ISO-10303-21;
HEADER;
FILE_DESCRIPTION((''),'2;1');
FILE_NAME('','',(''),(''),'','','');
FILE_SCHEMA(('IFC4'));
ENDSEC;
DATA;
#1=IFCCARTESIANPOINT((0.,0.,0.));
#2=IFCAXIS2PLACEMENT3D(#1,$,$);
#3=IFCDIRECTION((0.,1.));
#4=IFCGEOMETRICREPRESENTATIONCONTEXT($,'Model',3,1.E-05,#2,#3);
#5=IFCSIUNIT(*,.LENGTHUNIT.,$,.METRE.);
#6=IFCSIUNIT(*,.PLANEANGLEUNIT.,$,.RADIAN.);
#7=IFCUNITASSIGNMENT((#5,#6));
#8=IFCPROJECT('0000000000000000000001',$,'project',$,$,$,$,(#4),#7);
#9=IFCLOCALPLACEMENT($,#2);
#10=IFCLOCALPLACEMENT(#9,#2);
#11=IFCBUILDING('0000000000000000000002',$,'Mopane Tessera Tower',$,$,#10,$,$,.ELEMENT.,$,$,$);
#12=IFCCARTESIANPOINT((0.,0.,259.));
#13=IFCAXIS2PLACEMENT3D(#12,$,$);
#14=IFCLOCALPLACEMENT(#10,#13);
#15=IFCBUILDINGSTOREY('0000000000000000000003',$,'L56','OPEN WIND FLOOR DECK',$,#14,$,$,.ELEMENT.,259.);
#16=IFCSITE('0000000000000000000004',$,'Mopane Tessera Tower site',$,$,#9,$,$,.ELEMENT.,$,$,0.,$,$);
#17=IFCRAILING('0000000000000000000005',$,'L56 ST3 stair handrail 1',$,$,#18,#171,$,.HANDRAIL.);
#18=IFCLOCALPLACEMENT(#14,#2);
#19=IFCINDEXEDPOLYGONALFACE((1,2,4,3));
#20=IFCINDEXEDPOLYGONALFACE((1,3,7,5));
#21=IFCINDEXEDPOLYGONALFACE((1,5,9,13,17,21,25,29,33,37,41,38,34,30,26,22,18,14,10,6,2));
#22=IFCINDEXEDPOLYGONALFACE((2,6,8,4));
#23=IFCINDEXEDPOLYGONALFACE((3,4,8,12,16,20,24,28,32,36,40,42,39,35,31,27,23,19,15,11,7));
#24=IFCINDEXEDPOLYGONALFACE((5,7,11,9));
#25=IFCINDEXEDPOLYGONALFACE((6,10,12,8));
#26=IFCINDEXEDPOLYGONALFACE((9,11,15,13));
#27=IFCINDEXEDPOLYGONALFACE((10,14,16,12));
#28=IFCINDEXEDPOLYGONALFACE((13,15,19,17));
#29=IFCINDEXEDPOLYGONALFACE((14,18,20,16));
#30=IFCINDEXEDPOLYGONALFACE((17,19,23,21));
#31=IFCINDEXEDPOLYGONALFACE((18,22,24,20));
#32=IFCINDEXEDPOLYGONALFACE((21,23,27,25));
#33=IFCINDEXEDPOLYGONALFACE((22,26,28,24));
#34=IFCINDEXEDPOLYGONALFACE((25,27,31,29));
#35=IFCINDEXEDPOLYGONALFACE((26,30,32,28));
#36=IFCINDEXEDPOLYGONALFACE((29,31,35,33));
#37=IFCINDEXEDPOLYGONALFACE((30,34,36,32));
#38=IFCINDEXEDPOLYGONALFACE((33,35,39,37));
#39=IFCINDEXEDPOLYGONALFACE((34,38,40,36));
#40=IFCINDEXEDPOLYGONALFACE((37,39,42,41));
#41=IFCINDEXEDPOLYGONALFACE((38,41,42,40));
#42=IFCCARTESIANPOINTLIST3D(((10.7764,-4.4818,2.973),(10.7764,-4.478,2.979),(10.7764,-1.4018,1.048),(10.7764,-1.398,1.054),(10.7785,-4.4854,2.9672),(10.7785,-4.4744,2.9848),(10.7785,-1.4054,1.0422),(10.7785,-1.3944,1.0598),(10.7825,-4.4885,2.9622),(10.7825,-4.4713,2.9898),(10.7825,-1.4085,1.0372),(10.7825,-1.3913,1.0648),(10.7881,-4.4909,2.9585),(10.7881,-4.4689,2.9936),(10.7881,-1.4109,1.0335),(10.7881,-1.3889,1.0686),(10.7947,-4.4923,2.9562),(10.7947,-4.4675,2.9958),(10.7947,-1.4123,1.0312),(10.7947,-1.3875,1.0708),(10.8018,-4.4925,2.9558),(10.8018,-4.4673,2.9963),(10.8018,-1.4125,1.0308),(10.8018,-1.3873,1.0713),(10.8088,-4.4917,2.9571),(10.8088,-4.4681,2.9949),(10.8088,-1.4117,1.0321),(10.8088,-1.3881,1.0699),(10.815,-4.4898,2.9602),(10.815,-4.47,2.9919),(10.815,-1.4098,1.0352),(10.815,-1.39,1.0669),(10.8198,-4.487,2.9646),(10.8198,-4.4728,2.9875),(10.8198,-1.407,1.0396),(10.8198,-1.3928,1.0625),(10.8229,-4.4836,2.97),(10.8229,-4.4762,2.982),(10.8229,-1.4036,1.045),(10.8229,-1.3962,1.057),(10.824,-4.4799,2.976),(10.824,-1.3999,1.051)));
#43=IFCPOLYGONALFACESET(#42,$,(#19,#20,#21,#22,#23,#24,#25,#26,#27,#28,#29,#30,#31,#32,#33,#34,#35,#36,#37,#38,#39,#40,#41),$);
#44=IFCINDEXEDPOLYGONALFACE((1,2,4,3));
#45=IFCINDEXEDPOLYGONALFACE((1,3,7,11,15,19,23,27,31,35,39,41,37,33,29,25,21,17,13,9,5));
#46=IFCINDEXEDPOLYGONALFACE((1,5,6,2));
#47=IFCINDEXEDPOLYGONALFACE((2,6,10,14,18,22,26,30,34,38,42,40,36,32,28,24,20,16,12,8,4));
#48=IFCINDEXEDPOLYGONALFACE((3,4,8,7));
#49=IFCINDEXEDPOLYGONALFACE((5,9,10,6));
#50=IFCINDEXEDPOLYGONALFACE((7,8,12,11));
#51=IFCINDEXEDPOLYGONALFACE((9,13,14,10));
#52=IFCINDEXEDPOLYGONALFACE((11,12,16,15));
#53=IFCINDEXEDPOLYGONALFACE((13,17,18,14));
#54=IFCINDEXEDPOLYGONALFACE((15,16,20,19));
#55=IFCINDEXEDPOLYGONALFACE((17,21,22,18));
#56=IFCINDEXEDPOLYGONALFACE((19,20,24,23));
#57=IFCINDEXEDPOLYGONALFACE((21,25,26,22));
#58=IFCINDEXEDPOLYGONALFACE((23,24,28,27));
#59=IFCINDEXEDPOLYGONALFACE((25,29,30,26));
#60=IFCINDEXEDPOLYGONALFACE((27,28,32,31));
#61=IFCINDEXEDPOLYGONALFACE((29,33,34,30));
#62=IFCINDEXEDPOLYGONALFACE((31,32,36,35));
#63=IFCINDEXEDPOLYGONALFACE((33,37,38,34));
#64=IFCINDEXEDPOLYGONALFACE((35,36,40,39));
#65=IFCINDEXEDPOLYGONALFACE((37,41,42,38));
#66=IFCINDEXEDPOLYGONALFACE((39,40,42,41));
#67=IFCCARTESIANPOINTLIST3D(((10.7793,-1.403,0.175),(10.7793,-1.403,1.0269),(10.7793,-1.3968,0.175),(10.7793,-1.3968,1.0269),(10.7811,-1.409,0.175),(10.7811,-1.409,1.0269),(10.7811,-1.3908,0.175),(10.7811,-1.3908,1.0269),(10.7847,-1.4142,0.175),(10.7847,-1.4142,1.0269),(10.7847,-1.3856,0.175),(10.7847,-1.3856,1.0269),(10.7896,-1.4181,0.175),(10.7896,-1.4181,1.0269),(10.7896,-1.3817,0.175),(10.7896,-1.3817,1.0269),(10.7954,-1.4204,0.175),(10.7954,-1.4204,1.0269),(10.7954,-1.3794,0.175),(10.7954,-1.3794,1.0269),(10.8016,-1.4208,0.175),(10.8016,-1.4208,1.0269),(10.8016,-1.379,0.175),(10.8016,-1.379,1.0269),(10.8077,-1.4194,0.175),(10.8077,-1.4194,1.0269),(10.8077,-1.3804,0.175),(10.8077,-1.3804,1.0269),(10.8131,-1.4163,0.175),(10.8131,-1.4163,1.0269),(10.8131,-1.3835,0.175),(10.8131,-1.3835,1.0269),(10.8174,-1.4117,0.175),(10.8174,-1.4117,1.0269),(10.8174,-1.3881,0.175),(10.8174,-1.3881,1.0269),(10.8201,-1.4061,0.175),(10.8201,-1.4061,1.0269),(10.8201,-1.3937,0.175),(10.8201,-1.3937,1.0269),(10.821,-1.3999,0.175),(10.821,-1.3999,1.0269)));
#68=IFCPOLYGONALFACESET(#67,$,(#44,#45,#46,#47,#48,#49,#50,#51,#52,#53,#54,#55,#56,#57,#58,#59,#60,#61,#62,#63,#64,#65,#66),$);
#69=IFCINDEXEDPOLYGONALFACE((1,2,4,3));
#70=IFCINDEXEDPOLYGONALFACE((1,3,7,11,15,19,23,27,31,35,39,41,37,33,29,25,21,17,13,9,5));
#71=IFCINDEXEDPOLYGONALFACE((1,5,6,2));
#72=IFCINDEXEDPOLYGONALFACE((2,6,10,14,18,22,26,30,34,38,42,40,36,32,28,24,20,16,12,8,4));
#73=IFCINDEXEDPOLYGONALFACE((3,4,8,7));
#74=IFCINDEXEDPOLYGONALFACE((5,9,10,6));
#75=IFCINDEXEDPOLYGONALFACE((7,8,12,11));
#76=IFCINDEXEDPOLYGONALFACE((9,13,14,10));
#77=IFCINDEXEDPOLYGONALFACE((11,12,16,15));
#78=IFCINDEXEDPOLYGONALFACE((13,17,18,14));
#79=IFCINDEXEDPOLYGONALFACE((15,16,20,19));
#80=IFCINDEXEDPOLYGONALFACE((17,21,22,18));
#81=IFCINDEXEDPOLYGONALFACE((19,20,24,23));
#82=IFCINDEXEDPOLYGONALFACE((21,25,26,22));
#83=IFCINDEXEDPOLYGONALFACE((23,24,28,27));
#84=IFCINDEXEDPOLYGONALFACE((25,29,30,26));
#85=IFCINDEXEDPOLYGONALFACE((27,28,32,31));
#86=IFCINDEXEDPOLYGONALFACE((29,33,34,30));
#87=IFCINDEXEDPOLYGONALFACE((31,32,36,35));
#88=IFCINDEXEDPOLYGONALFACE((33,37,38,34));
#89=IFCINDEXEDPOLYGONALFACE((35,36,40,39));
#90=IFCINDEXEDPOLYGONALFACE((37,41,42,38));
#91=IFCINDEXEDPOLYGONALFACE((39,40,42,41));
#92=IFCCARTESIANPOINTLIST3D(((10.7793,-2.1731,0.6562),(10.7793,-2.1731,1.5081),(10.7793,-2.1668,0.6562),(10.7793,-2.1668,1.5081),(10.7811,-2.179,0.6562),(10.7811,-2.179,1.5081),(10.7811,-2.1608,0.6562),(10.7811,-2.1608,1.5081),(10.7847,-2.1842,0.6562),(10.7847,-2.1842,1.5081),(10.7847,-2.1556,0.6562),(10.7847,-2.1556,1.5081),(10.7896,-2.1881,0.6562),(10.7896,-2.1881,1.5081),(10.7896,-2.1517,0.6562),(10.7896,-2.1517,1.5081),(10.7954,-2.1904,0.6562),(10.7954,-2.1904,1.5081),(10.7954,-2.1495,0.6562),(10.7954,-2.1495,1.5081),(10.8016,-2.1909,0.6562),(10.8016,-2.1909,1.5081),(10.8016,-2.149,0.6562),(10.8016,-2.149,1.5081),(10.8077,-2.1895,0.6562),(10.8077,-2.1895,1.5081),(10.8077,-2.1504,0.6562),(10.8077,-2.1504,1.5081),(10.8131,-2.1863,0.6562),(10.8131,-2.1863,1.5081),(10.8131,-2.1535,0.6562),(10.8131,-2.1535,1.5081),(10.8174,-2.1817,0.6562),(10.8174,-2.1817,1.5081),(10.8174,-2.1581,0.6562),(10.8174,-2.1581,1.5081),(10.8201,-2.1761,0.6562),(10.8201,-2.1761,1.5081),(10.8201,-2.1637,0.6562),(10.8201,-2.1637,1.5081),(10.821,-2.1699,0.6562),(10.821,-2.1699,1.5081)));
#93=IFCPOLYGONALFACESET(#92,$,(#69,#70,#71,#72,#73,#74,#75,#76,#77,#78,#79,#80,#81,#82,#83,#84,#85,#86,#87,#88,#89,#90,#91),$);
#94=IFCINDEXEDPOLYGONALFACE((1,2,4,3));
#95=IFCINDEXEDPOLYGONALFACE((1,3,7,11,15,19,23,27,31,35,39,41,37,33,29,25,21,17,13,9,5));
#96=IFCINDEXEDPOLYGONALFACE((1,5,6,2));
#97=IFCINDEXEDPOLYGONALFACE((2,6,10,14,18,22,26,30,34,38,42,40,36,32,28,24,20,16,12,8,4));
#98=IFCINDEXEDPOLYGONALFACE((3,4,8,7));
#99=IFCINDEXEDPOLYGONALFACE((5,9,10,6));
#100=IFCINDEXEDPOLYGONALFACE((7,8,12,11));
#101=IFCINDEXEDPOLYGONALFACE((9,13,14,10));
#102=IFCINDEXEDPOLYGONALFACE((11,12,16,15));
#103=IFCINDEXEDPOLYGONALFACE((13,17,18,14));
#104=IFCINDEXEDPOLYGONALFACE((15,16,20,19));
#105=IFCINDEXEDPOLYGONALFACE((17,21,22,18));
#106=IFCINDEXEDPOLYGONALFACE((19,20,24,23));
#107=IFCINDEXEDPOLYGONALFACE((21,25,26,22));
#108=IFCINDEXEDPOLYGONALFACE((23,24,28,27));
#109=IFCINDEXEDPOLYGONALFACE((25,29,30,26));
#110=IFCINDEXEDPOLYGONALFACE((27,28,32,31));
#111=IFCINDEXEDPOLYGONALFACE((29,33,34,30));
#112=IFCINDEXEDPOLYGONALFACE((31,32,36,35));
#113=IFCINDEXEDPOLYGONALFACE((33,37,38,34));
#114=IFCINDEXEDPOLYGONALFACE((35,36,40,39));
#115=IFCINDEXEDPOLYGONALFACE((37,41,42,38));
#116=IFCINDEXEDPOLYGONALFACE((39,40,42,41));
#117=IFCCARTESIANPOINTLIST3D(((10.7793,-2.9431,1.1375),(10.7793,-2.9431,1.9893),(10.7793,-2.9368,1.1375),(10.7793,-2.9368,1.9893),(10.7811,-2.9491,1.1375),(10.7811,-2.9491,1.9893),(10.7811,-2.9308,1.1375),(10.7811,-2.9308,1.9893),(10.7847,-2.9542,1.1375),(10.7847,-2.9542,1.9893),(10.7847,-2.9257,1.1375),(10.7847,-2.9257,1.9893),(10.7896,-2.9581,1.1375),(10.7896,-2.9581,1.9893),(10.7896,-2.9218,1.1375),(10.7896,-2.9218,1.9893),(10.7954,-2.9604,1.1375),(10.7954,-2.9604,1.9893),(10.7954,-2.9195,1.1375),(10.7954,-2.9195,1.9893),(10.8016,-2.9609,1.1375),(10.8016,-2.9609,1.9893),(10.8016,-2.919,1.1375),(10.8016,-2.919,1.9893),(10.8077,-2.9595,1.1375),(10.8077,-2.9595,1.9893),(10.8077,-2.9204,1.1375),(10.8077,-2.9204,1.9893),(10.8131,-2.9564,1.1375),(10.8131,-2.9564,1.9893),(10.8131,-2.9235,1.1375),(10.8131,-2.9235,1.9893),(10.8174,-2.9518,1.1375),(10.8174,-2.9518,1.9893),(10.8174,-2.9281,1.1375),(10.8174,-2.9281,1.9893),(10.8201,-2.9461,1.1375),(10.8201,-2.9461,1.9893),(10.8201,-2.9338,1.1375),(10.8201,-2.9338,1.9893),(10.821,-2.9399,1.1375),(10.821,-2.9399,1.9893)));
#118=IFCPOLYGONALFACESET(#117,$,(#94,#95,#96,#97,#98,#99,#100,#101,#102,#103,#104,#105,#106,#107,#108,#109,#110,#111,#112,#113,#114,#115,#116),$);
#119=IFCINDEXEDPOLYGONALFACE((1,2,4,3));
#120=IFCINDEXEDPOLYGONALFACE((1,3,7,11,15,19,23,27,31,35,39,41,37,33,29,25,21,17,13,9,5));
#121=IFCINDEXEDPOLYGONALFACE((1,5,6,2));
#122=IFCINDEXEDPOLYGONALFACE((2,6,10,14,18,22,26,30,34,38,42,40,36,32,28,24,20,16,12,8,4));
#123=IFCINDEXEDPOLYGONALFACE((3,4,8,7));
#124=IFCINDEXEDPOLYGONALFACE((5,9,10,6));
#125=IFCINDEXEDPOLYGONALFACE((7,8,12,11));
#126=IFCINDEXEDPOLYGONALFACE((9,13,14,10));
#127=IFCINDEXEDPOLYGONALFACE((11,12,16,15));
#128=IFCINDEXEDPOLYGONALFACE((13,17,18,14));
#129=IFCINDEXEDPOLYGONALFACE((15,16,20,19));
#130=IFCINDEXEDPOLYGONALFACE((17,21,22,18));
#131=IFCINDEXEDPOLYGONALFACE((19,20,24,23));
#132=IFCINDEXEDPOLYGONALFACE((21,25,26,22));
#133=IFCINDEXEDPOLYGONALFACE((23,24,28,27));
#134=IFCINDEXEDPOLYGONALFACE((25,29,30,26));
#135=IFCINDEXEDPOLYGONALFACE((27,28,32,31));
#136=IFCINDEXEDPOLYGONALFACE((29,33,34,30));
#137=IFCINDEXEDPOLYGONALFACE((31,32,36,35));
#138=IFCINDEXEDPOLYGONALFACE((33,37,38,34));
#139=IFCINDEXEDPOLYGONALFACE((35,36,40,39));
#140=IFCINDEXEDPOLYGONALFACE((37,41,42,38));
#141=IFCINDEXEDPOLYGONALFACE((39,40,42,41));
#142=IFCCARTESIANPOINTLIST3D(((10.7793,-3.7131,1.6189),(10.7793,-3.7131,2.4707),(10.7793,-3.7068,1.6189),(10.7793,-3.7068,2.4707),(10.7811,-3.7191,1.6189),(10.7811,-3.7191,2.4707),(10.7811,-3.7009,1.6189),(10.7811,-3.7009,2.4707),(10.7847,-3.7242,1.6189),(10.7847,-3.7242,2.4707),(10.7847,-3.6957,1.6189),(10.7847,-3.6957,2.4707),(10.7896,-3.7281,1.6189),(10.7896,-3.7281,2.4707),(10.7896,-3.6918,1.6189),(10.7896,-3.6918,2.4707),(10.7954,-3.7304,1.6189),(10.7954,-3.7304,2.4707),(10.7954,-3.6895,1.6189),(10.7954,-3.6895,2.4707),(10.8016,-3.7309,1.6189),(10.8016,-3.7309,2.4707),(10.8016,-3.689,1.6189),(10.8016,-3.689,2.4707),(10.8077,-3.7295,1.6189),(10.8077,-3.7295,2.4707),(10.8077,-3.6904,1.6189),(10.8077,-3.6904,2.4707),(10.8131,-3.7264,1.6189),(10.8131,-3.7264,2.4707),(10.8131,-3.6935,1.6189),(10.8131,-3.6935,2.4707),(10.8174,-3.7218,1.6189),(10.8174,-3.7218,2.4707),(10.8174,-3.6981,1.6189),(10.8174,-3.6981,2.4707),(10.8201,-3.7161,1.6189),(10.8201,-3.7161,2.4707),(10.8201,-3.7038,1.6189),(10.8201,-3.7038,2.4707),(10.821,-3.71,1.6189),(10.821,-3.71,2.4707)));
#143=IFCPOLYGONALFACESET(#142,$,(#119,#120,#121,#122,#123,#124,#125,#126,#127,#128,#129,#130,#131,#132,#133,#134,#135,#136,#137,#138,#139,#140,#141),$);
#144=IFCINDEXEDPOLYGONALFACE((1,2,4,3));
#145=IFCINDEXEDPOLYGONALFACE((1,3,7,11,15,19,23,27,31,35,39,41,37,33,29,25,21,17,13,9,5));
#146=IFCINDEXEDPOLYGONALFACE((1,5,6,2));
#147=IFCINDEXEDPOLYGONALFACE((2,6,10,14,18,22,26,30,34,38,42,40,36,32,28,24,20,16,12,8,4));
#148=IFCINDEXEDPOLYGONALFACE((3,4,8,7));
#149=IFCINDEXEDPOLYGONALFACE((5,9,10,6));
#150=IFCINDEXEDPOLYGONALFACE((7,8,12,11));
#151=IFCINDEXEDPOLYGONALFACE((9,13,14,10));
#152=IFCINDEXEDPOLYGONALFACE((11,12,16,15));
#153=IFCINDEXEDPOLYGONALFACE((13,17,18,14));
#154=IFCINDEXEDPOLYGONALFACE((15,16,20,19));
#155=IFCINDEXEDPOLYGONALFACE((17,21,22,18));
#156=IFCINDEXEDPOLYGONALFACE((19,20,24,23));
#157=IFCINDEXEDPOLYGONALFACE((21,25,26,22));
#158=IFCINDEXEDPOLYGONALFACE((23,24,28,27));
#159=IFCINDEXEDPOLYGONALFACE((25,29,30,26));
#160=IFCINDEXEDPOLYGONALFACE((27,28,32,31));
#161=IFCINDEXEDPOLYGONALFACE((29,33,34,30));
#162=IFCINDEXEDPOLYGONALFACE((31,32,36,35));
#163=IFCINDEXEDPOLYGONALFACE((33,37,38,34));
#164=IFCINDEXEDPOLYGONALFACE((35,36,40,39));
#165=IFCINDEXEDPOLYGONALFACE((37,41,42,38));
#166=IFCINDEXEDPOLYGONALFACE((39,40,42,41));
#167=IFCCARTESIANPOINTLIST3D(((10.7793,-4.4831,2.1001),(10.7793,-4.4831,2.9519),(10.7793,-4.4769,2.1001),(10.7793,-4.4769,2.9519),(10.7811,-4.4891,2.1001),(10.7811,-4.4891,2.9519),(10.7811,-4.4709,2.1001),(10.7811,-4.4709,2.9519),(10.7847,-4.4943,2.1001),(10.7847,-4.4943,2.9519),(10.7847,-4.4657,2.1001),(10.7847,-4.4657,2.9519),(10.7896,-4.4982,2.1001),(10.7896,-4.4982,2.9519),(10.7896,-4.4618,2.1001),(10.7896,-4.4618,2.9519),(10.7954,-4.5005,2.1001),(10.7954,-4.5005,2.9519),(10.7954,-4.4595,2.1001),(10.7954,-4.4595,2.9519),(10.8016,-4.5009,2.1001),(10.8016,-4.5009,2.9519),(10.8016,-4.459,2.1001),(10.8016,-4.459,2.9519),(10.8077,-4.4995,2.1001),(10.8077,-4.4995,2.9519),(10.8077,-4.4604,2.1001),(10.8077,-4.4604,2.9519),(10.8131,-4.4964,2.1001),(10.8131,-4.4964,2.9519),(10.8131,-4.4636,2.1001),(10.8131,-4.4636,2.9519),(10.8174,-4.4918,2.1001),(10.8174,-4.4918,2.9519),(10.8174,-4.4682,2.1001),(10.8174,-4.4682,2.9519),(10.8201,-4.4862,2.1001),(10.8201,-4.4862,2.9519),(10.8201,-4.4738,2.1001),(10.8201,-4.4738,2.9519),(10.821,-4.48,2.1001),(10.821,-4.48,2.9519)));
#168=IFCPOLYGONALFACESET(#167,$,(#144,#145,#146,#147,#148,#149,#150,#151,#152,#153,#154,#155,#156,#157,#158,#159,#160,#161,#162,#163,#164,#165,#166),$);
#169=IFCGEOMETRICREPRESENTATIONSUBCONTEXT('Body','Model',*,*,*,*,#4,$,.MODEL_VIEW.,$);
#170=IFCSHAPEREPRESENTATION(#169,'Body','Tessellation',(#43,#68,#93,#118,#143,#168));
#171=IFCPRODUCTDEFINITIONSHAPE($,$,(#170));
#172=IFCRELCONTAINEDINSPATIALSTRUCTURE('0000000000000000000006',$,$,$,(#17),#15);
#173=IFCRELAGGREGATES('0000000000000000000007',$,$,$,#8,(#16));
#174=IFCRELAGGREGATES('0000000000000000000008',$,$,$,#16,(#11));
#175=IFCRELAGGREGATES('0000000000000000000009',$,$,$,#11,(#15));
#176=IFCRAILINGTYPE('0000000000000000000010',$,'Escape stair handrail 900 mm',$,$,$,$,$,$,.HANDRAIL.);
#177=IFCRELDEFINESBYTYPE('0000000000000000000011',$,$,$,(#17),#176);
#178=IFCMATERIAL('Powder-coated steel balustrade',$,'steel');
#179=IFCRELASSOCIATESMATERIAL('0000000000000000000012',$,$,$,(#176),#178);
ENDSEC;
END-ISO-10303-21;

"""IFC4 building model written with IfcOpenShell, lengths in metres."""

from ifc_helpers import new_model, si_unit, direction, frame, origin, origin_2d, place, context, subcontext, project, spatial, circle, extrude, material, type_object, element, save


model = new_model("IFC4")

# Units and contexts
model_context = context("Model", 3, precision=1e-05, world=origin(), true_north=direction((0.0, 1.0)))
body_context = subcontext(model_context, "Body", "Model", "MODEL_VIEW")
ifc_project = project(units=[si_unit("LENGTHUNIT", "METRE"), si_unit("PLANEANGLEUNIT", "RADIAN")], contexts=[model_context])

# Site, building, storey
site_placement = place(None, origin())
site = spatial("IfcSite", under=ifc_project, at=site_placement, Name="Mopane Tessera Tower site", CompositionType="ELEMENT", RefElevation=0.0)
building_placement = place(site_placement, origin())
building = spatial("IfcBuilding", under=site, at=building_placement, Name="Mopane Tessera Tower", CompositionType="ELEMENT")
storey_placement = place(building_placement, frame((0.0, 0.0, 259.0)))
storey = spatial("IfcBuildingStorey", under=building, at=storey_placement, Name="L56", Description="OPEN WIND FLOOR DECK", CompositionType="ELEMENT", Elevation=259.0)

# Railing
ifc_material_1 = material(Name="Powder-coated steel balustrade", Category="steel")
railing_type = type_object("IfcRailingType", Name="Escape stair handrail 900 mm", PredefinedType="HANDRAIL", material=ifc_material_1)
for number, where, name in (
    (1, (10.8, -1.3999, 0.175), "L56 ST3 stair handrail 1"),
):
    element("IfcRailing", number, at=place(storey_placement, frame(where)), inside=storey, type_object=railing_type, Name=name, PredefinedType="HANDRAIL", context=body_context, shape_type="SweptSolid", body=[
        extrude(circle(Radius=0.0239, at=origin_2d()), frame((0.0, 0.0, 0.876), z_axis=(0.0, -0.847998, 0.529999), x_axis=(1.0, 0.0, 0.0)), (0.0, 0.0, 1.0), 3.6321),
        extrude(circle(Radius=0.021, at=origin_2d()), origin(), (0.0, 0.0, 1.0), 0.8518),
        extrude(circle(Radius=0.021, at=origin_2d()), frame((0.0, -0.77, 0.4812)), (0.0, 0.0, 1.0), 0.8518),
        extrude(circle(Radius=0.021, at=origin_2d()), frame((0.0, -1.54, 0.9624)), (0.0, 0.0, 1.0), 0.8518),
        extrude(circle(Radius=0.021, at=origin_2d()), frame((0.0, -2.3101, 1.4438)), (0.0, 0.0, 1.0), 0.8518),
        extrude(circle(Radius=0.021, at=origin_2d()), frame((0.0, -3.0801, 1.925)), (0.0, 0.0, 1.0), 0.8518),
    ])

save(model, "model.ifc")
